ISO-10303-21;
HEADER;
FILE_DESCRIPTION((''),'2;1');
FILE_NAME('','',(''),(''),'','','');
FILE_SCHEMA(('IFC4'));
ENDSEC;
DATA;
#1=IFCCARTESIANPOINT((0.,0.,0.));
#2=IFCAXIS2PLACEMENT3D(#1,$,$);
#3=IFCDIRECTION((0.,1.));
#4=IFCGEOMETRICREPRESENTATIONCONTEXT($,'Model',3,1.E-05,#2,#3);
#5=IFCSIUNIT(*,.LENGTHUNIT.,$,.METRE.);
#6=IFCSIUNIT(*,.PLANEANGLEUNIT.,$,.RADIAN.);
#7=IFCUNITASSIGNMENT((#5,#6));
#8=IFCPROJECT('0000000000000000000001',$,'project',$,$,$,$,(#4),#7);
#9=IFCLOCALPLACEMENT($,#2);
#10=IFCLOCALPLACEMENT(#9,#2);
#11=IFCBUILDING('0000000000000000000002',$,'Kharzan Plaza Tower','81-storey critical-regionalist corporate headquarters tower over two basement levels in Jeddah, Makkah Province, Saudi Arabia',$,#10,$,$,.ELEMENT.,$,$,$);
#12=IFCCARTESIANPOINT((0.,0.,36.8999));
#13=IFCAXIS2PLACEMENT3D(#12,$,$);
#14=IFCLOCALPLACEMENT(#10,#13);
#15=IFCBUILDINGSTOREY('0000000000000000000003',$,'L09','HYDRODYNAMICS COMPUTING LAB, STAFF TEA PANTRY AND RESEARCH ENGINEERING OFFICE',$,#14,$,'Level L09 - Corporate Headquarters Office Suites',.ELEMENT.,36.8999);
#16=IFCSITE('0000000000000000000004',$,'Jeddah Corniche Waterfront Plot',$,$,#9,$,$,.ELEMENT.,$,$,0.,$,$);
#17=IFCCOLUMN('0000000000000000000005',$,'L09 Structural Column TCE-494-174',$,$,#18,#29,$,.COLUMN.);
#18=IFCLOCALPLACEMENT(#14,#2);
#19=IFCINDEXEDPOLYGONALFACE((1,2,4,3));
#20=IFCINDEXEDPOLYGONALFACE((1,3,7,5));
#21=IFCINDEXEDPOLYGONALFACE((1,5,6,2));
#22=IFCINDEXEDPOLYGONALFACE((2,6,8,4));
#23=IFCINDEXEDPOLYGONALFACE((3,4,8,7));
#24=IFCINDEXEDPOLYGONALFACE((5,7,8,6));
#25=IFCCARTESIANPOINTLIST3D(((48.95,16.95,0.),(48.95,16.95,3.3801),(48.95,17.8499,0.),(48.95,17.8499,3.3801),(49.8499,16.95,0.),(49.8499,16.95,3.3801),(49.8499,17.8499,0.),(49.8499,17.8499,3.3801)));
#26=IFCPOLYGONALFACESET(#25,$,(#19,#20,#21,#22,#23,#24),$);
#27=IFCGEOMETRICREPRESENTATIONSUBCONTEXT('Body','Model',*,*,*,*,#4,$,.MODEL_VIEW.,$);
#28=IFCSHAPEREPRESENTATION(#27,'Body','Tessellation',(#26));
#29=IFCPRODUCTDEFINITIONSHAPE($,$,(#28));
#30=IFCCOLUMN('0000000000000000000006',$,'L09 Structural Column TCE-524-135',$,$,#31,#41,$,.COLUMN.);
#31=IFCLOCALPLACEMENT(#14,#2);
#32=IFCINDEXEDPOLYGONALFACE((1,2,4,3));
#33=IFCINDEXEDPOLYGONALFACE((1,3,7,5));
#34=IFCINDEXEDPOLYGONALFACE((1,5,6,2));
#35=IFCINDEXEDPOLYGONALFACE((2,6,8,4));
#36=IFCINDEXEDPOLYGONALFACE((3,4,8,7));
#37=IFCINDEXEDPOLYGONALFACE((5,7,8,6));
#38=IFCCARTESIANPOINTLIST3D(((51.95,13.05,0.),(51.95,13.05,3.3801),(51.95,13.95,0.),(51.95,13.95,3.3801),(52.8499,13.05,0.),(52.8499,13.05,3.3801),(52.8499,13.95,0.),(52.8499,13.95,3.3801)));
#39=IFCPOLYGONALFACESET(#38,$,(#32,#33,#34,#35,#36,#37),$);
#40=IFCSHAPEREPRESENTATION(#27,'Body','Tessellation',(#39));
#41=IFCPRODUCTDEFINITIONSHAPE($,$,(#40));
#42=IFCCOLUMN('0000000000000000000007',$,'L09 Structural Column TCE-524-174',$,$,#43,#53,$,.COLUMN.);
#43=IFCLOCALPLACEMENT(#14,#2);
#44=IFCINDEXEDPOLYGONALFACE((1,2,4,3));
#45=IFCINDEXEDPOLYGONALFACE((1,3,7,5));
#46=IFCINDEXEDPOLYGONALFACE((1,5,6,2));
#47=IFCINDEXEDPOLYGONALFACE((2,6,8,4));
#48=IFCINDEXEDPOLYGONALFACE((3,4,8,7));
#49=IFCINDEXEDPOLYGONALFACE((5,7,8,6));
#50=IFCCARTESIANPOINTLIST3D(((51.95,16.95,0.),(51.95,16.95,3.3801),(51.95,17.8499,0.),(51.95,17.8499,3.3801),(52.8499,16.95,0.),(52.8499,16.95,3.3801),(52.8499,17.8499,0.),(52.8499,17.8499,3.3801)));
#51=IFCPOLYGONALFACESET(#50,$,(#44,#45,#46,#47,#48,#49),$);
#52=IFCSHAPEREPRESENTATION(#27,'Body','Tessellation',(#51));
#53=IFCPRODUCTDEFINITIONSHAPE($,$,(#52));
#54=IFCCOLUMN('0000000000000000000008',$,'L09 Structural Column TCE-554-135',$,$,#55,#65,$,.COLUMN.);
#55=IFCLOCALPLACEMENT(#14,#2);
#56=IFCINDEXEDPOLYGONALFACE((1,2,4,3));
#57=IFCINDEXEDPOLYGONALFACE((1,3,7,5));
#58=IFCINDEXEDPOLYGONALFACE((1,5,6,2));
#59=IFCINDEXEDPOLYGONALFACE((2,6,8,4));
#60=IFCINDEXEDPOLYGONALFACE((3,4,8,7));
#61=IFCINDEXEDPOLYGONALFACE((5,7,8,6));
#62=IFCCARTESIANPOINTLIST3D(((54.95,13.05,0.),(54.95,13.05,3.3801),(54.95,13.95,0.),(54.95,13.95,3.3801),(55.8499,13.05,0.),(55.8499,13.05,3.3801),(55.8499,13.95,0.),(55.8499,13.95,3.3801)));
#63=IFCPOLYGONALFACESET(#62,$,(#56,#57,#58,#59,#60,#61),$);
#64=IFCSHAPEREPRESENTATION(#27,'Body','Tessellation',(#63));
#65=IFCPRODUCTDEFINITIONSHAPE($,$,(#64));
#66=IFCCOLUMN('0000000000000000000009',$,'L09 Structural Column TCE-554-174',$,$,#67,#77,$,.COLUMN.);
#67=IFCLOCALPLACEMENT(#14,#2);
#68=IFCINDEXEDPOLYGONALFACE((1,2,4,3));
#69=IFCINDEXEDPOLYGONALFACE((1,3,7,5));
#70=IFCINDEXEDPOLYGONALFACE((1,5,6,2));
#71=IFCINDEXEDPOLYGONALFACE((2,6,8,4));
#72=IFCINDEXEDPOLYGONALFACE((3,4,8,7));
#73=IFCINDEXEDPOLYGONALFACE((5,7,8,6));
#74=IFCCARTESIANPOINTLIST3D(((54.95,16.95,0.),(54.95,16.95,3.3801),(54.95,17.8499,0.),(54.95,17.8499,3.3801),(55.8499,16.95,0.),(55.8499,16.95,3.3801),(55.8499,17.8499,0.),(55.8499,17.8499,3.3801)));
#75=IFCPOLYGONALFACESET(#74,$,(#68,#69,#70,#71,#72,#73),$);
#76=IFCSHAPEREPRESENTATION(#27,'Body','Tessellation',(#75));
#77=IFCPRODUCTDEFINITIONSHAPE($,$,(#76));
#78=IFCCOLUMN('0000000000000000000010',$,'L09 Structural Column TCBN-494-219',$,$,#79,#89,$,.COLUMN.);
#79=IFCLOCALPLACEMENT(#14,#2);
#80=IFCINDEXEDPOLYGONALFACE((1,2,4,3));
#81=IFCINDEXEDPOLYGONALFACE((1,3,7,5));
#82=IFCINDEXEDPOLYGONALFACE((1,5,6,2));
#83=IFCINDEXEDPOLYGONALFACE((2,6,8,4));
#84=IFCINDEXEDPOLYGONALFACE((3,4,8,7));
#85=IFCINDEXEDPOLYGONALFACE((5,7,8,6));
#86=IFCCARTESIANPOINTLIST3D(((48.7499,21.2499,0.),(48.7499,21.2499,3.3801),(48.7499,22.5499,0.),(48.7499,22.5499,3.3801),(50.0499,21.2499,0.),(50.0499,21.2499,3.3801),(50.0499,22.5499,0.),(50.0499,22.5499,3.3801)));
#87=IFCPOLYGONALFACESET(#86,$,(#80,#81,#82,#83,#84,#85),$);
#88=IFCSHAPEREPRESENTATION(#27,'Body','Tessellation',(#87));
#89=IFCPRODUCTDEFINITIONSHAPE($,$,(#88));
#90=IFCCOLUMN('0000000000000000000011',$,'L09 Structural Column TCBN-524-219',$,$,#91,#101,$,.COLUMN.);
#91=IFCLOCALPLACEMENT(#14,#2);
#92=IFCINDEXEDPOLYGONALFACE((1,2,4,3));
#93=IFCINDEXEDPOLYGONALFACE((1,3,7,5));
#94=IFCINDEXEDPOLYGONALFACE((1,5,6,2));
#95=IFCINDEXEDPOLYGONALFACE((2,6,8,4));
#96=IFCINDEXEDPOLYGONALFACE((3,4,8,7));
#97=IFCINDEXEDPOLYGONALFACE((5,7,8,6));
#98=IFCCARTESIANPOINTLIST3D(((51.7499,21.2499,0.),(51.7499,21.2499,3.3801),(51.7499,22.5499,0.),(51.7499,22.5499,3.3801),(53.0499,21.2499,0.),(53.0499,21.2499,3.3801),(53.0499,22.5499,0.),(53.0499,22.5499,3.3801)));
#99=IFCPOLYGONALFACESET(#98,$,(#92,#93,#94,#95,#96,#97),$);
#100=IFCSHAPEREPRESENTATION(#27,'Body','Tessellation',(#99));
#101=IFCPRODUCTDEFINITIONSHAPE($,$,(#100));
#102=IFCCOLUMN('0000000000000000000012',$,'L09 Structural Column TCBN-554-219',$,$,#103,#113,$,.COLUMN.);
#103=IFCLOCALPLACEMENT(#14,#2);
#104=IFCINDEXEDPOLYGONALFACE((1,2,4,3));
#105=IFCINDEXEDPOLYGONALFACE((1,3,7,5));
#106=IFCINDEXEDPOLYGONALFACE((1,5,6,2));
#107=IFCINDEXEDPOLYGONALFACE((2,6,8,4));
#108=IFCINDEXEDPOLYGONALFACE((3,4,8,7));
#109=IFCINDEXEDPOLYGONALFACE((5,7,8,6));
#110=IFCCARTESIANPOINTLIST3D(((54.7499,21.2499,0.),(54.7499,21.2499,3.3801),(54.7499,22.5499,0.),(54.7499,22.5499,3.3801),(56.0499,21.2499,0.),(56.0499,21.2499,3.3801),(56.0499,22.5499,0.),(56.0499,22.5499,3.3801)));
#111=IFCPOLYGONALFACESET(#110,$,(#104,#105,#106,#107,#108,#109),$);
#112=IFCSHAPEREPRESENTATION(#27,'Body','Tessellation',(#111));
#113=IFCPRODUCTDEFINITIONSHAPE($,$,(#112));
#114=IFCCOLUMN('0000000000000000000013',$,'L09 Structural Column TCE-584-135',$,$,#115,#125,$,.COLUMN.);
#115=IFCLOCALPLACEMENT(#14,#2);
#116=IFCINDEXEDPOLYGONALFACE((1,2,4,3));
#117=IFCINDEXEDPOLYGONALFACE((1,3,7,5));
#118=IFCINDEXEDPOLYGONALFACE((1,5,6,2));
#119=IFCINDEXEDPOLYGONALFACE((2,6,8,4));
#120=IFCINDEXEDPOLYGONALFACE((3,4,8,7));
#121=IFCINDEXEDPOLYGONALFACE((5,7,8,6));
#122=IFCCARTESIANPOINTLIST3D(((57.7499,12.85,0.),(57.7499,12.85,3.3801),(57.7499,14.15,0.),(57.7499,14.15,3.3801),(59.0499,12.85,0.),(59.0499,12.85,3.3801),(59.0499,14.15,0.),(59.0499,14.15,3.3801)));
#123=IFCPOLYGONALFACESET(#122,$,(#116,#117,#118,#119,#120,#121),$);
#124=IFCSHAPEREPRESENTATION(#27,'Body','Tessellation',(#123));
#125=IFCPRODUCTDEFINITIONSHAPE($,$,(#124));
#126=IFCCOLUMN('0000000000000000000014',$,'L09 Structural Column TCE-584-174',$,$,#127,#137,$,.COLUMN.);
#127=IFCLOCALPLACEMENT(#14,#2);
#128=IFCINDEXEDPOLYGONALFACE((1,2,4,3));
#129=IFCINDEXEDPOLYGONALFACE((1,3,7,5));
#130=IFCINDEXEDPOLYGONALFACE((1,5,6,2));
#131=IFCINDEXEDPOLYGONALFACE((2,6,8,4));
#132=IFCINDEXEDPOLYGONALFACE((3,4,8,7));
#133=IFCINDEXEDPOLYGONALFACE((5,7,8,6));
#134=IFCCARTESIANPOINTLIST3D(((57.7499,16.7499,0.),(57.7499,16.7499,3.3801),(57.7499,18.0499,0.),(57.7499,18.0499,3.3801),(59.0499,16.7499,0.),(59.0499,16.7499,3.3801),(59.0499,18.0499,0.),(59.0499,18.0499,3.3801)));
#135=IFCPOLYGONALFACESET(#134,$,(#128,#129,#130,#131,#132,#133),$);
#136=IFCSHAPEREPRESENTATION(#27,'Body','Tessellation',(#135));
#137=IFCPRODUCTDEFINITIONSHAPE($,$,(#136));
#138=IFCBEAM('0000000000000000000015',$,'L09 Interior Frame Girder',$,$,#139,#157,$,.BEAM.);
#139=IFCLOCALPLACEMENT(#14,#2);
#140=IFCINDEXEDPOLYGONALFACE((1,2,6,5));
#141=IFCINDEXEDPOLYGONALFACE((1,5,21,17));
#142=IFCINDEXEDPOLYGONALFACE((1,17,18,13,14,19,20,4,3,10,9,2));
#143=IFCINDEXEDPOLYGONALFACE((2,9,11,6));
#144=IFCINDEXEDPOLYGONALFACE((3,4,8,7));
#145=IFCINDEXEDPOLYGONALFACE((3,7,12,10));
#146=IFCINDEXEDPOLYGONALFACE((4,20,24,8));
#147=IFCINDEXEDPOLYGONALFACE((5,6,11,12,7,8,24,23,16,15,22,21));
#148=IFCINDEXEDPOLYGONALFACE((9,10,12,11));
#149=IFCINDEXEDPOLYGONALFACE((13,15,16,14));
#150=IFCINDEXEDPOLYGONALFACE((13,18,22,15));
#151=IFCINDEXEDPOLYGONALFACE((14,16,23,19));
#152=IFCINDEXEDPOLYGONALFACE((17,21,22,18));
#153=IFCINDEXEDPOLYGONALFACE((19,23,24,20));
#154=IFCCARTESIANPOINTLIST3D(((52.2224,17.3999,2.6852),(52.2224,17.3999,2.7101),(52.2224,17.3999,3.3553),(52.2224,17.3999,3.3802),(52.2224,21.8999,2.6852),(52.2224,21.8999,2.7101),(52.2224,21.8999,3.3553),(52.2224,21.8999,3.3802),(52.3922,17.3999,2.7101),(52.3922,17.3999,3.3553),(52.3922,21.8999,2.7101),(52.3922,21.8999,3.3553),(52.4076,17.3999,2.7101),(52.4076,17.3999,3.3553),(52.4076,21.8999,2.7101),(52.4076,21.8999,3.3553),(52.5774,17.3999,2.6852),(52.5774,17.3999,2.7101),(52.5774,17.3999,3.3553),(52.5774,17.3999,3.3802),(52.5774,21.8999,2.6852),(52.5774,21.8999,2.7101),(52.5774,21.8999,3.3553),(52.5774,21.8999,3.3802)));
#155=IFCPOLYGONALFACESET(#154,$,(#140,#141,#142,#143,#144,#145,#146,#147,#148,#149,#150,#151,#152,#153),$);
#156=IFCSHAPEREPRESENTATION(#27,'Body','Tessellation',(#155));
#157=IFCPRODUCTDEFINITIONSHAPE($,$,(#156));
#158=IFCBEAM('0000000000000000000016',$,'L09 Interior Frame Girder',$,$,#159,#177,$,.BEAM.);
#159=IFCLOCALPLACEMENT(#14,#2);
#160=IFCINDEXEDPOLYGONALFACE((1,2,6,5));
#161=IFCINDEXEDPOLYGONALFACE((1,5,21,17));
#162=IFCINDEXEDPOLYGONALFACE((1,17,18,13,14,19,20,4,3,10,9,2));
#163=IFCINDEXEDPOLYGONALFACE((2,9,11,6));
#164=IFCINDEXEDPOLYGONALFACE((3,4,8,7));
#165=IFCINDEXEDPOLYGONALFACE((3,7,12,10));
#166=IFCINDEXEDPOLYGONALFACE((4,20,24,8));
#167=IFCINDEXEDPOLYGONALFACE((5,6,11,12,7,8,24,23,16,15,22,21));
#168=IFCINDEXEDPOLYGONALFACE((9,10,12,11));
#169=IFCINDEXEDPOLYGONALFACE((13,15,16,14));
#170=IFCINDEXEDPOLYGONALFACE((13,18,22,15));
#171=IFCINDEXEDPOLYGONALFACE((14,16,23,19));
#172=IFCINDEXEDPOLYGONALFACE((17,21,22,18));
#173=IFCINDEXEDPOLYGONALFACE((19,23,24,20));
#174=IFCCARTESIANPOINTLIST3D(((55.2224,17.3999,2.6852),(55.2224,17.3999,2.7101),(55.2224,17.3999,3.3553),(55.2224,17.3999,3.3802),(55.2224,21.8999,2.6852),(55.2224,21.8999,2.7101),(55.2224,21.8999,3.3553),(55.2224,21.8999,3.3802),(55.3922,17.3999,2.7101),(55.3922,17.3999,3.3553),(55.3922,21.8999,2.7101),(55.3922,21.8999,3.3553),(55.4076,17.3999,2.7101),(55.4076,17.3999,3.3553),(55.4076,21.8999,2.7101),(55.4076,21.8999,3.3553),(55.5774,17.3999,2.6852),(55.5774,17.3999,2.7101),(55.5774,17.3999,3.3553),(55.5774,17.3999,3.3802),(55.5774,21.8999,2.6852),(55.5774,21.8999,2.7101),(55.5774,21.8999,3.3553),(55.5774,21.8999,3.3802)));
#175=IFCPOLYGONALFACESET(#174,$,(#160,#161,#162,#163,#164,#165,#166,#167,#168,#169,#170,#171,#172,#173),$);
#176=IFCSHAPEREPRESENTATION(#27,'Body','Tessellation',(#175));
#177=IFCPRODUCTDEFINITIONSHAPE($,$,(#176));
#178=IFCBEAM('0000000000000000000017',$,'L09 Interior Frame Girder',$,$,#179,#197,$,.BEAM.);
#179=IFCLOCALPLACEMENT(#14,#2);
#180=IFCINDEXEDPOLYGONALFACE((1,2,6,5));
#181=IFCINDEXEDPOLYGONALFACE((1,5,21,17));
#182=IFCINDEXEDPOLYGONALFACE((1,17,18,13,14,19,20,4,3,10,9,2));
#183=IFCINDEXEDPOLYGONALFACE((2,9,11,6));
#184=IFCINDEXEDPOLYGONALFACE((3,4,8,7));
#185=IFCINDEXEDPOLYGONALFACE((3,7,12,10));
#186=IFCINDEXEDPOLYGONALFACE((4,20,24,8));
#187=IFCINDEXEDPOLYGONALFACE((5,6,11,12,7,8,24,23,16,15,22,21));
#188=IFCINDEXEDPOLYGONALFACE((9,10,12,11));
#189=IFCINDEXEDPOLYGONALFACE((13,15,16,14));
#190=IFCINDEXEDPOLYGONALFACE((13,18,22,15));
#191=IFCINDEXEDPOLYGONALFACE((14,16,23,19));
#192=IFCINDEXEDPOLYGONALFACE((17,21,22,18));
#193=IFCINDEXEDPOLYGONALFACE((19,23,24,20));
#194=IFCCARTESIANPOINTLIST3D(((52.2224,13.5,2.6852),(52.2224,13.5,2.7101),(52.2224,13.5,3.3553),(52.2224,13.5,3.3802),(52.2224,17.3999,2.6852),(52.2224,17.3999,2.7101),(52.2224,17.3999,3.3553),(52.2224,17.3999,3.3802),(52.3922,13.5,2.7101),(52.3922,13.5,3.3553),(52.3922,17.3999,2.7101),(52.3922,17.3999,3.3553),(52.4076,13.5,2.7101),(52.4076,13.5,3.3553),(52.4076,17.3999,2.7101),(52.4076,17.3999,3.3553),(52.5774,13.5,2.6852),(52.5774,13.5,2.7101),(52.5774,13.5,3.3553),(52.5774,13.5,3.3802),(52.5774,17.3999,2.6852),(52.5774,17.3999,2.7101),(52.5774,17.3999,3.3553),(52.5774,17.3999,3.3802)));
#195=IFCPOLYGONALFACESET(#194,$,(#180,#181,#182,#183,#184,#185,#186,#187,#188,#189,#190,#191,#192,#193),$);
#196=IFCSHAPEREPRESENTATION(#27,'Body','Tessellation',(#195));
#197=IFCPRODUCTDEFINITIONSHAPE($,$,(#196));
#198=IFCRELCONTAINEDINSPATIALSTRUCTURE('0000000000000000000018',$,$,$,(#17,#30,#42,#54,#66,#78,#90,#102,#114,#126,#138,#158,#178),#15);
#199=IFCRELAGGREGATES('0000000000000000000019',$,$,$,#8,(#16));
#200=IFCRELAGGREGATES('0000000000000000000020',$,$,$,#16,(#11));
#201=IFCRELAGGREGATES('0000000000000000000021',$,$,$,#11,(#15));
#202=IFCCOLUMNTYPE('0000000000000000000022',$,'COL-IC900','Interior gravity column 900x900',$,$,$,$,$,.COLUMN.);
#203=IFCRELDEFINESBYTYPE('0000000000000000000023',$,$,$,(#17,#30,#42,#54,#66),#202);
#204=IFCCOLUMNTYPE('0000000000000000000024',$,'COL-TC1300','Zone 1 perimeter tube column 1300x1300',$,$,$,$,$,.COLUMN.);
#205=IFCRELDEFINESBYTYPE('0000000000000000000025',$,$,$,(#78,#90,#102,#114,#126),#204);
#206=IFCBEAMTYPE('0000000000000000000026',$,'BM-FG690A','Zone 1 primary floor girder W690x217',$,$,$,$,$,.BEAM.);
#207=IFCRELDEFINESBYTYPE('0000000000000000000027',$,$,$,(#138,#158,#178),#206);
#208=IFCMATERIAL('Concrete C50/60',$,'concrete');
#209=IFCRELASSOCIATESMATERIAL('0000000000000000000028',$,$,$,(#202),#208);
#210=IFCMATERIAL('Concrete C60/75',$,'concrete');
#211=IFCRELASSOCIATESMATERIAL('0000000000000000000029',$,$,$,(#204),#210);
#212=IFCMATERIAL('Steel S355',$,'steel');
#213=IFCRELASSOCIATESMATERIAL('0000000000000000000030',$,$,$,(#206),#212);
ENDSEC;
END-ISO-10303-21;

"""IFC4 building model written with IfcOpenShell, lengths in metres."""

from ifc_helpers import new_model, si_unit, direction, frame, origin, origin_2d, place, context, subcontext, project, spatial, rectangle, i_section, extrude, source, transform, mapped, material, material_profile, profile_set, type_object, element, save


model = new_model("IFC4")

# Units and contexts
model_context = context("Model", 3, precision=1e-05, world=origin(), true_north=direction((0.0, 1.0)))
body_context = subcontext(model_context, "Body", "Model", "MODEL_VIEW")
ifc_project = project(units=[si_unit("LENGTHUNIT", "METRE"), si_unit("PLANEANGLEUNIT", "RADIAN")], contexts=[model_context])

# Site, building, storey
site_placement = place(None, origin())
site = spatial("IfcSite", under=ifc_project, at=site_placement, Name="Jeddah Corniche Waterfront Plot", CompositionType="ELEMENT", RefElevation=0.0)
building_placement = place(site_placement, origin())
building = spatial("IfcBuilding", under=site, at=building_placement, Name="Kharzan Plaza Tower", Description="81-storey critical-regionalist corporate headquarters tower over two basement levels in Jeddah, Makkah Province, Saudi Arabia", CompositionType="ELEMENT")
storey_placement = place(building_placement, frame((0.0, 0.0, 36.8999)))
storey = spatial("IfcBuildingStorey", under=building, at=storey_placement, Name="L09", Description="HYDRODYNAMICS COMPUTING LAB, STAFF TEA PANTRY AND RESEARCH ENGINEERING OFFICE", LongName="Level L09 - Corporate Headquarters Office Suites", CompositionType="ELEMENT", Elevation=36.8999)

# Columns
ifc_material_1 = material(Name="Concrete C50/60", Category="concrete")
ifc_material_profile_1 = material_profile(ifc_material_1, rectangle(XDim=0.8999, YDim=0.8999, at=origin_2d()), Name="RC-IC900x900")
ifc_profile_set_1 = profile_set([ifc_material_profile_1], Name="Concrete C50/60")
column_type_1 = type_object("IfcColumnType", Name="COL-IC900", Description="Interior gravity column 900x900", PredefinedType="COLUMN", material=ifc_profile_set_1)
shared_shape_1 = source(origin(), body_context, "Body", "SweptSolid", [
    extrude(rectangle(XDim=0.8999, YDim=0.8999, at=origin_2d()), origin(), (0.0, 0.0, 1.0), 3.3801),
])
for number, where, z_axis, x_axis, name in (
    (1, (49.3999, 17.3999, 0.0), (0.0, 0.0, 1.0), (1.0, 0.0, 0.0), "L09 Structural Column TCE-494-174"),
    (2, (52.3999, 13.5, 0.0), (0.0, 0.0, 1.0), (1.0, 0.0, 0.0), "L09 Structural Column TCE-524-135"),
    (3, (52.3999, 17.3999, 0.0), (0.0, 0.0, 1.0), (1.0, 0.0, 0.0), "L09 Structural Column TCE-524-174"),
    (4, (55.3999, 13.5, 0.0), (0.0, 0.0, 1.0), (1.0, 0.0, 0.0), "L09 Structural Column TCE-554-135"),
    (5, (55.3999, 17.3999, 0.0), (0.0, 0.0, 1.0), (1.0, 0.0, 0.0), "L09 Structural Column TCE-554-174"),
):
    element("IfcColumn", number, at=place(storey_placement, frame(where, z_axis=z_axis, x_axis=x_axis)), inside=storey, type_object=column_type_1, Name=name, PredefinedType="COLUMN", context=body_context, shape_type="MappedRepresentation", body=[
        mapped(shared_shape_1, transform((0.0, 0.0, 0.0), x_axis=(1.0, 0.0, 0.0), y_axis=(0.0, 1.0, 0.0), z_axis=(0.0, 0.0, 1.0))),
    ])
ifc_material_2 = material(Name="Concrete C60/75", Category="concrete")
ifc_material_profile_2 = material_profile(ifc_material_2, rectangle(XDim=1.3, YDim=1.3, at=origin_2d()), Name="RC-TC1300x1300")
ifc_profile_set_2 = profile_set([ifc_material_profile_2], Name="Concrete C60/75")
column_type_2 = type_object("IfcColumnType", Name="COL-TC1300", Description="Zone 1 perimeter tube column 1300x1300", PredefinedType="COLUMN", material=ifc_profile_set_2)
shared_shape_2 = source(origin(), body_context, "Body", "SweptSolid", [
    extrude(rectangle(XDim=1.3, YDim=1.3, at=origin_2d()), origin(), (0.0, 0.0, 1.0), 3.3801),
])
for number, where, z_axis, x_axis, name in (
    (6, (49.3999, 21.8999, 0.0), (0.0, 0.0, 1.0), (1.0, 0.0, 0.0), "L09 Structural Column TCBN-494-219"),
    (7, (52.3999, 21.8999, 0.0), (0.0, 0.0, 1.0), (1.0, 0.0, 0.0), "L09 Structural Column TCBN-524-219"),
    (8, (55.3999, 21.8999, 0.0), (0.0, 0.0, 1.0), (1.0, 0.0, 0.0), "L09 Structural Column TCBN-554-219"),
    (9, (58.3999, 13.5, 0.0), (0.0, 0.0, 1.0), (1.0, 0.0, 0.0), "L09 Structural Column TCE-584-135"),
    (10, (58.3999, 17.3999, 0.0), (0.0, 0.0, 1.0), (1.0, 0.0, 0.0), "L09 Structural Column TCE-584-174"),
):
    element("IfcColumn", number, at=place(storey_placement, frame(where, z_axis=z_axis, x_axis=x_axis)), inside=storey, type_object=column_type_2, Name=name, PredefinedType="COLUMN", context=body_context, shape_type="MappedRepresentation", body=[
        mapped(shared_shape_2, transform((0.0, 0.0, 0.0), x_axis=(1.0, 0.0, 0.0), y_axis=(0.0, 1.0, 0.0), z_axis=(0.0, 0.0, 1.0))),
    ])

# Beams
ifc_material_3 = material(Name="Steel S355", Category="steel")
ifc_material_profile_3 = material_profile(ifc_material_3, i_section(OverallWidth=0.355, OverallDepth=0.6951, WebThickness=0.0154, FlangeThickness=0.0249, at=origin_2d()), Name="W690x217")
ifc_profile_set_3 = profile_set([ifc_material_profile_3], Name="Steel S355")
beam_type_1 = type_object("IfcBeamType", Name="BM-FG690A", Description="Zone 1 primary floor girder W690x217", PredefinedType="BEAM", material=ifc_profile_set_3)
shared_shape_3 = source(origin(), body_context, "Body", "SweptSolid", [
    extrude(i_section(OverallWidth=0.355, OverallDepth=0.6951, WebThickness=0.0154, FlangeThickness=0.0249, at=origin_2d()), origin(), (0.0, 0.0, 1.0), 4.5),
])
for number, where, z_axis, x_axis, name in (
    (11, (52.3999, 17.3999, 3.0327), (0.0, 1.0, 0.0), (-1.0, 0.0, 0.0), "L09 Interior Frame Girder"),
    (12, (55.3999, 17.3999, 3.0327), (0.0, 1.0, 0.0), (-1.0, 0.0, 0.0), "L09 Interior Frame Girder"),
):
    element("IfcBeam", number, at=place(storey_placement, frame(where, z_axis=z_axis, x_axis=x_axis)), inside=storey, type_object=beam_type_1, Name=name, PredefinedType="BEAM", context=body_context, shape_type="MappedRepresentation", body=[
        mapped(shared_shape_3, transform((0.0, 0.0, 0.0), x_axis=(1.0, 0.0, 0.0), y_axis=(0.0, 1.0, 0.0), z_axis=(0.0, 0.0, 1.0))),
    ])
shared_shape_4 = source(origin(), body_context, "Body", "SweptSolid", [
    extrude(i_section(OverallWidth=0.355, OverallDepth=0.6951, WebThickness=0.0154, FlangeThickness=0.0249, at=origin_2d()), origin(), (0.0, 0.0, 1.0), 3.8999),
])
for number, where, z_axis, x_axis, name in (
    (13, (52.3999, 13.5, 3.0327), (0.0, 1.0, 0.0), (-1.0, 0.0, 0.0), "L09 Interior Frame Girder"),
):
    element("IfcBeam", number, at=place(storey_placement, frame(where, z_axis=z_axis, x_axis=x_axis)), inside=storey, type_object=beam_type_1, Name=name, PredefinedType="BEAM", context=body_context, shape_type="MappedRepresentation", body=[
        mapped(shared_shape_4, transform((0.0, 0.0, 0.0), x_axis=(1.0, 0.0, 0.0), y_axis=(0.0, 1.0, 0.0), z_axis=(0.0, 0.0, 1.0))),
    ])

save(model, "model.ifc")
